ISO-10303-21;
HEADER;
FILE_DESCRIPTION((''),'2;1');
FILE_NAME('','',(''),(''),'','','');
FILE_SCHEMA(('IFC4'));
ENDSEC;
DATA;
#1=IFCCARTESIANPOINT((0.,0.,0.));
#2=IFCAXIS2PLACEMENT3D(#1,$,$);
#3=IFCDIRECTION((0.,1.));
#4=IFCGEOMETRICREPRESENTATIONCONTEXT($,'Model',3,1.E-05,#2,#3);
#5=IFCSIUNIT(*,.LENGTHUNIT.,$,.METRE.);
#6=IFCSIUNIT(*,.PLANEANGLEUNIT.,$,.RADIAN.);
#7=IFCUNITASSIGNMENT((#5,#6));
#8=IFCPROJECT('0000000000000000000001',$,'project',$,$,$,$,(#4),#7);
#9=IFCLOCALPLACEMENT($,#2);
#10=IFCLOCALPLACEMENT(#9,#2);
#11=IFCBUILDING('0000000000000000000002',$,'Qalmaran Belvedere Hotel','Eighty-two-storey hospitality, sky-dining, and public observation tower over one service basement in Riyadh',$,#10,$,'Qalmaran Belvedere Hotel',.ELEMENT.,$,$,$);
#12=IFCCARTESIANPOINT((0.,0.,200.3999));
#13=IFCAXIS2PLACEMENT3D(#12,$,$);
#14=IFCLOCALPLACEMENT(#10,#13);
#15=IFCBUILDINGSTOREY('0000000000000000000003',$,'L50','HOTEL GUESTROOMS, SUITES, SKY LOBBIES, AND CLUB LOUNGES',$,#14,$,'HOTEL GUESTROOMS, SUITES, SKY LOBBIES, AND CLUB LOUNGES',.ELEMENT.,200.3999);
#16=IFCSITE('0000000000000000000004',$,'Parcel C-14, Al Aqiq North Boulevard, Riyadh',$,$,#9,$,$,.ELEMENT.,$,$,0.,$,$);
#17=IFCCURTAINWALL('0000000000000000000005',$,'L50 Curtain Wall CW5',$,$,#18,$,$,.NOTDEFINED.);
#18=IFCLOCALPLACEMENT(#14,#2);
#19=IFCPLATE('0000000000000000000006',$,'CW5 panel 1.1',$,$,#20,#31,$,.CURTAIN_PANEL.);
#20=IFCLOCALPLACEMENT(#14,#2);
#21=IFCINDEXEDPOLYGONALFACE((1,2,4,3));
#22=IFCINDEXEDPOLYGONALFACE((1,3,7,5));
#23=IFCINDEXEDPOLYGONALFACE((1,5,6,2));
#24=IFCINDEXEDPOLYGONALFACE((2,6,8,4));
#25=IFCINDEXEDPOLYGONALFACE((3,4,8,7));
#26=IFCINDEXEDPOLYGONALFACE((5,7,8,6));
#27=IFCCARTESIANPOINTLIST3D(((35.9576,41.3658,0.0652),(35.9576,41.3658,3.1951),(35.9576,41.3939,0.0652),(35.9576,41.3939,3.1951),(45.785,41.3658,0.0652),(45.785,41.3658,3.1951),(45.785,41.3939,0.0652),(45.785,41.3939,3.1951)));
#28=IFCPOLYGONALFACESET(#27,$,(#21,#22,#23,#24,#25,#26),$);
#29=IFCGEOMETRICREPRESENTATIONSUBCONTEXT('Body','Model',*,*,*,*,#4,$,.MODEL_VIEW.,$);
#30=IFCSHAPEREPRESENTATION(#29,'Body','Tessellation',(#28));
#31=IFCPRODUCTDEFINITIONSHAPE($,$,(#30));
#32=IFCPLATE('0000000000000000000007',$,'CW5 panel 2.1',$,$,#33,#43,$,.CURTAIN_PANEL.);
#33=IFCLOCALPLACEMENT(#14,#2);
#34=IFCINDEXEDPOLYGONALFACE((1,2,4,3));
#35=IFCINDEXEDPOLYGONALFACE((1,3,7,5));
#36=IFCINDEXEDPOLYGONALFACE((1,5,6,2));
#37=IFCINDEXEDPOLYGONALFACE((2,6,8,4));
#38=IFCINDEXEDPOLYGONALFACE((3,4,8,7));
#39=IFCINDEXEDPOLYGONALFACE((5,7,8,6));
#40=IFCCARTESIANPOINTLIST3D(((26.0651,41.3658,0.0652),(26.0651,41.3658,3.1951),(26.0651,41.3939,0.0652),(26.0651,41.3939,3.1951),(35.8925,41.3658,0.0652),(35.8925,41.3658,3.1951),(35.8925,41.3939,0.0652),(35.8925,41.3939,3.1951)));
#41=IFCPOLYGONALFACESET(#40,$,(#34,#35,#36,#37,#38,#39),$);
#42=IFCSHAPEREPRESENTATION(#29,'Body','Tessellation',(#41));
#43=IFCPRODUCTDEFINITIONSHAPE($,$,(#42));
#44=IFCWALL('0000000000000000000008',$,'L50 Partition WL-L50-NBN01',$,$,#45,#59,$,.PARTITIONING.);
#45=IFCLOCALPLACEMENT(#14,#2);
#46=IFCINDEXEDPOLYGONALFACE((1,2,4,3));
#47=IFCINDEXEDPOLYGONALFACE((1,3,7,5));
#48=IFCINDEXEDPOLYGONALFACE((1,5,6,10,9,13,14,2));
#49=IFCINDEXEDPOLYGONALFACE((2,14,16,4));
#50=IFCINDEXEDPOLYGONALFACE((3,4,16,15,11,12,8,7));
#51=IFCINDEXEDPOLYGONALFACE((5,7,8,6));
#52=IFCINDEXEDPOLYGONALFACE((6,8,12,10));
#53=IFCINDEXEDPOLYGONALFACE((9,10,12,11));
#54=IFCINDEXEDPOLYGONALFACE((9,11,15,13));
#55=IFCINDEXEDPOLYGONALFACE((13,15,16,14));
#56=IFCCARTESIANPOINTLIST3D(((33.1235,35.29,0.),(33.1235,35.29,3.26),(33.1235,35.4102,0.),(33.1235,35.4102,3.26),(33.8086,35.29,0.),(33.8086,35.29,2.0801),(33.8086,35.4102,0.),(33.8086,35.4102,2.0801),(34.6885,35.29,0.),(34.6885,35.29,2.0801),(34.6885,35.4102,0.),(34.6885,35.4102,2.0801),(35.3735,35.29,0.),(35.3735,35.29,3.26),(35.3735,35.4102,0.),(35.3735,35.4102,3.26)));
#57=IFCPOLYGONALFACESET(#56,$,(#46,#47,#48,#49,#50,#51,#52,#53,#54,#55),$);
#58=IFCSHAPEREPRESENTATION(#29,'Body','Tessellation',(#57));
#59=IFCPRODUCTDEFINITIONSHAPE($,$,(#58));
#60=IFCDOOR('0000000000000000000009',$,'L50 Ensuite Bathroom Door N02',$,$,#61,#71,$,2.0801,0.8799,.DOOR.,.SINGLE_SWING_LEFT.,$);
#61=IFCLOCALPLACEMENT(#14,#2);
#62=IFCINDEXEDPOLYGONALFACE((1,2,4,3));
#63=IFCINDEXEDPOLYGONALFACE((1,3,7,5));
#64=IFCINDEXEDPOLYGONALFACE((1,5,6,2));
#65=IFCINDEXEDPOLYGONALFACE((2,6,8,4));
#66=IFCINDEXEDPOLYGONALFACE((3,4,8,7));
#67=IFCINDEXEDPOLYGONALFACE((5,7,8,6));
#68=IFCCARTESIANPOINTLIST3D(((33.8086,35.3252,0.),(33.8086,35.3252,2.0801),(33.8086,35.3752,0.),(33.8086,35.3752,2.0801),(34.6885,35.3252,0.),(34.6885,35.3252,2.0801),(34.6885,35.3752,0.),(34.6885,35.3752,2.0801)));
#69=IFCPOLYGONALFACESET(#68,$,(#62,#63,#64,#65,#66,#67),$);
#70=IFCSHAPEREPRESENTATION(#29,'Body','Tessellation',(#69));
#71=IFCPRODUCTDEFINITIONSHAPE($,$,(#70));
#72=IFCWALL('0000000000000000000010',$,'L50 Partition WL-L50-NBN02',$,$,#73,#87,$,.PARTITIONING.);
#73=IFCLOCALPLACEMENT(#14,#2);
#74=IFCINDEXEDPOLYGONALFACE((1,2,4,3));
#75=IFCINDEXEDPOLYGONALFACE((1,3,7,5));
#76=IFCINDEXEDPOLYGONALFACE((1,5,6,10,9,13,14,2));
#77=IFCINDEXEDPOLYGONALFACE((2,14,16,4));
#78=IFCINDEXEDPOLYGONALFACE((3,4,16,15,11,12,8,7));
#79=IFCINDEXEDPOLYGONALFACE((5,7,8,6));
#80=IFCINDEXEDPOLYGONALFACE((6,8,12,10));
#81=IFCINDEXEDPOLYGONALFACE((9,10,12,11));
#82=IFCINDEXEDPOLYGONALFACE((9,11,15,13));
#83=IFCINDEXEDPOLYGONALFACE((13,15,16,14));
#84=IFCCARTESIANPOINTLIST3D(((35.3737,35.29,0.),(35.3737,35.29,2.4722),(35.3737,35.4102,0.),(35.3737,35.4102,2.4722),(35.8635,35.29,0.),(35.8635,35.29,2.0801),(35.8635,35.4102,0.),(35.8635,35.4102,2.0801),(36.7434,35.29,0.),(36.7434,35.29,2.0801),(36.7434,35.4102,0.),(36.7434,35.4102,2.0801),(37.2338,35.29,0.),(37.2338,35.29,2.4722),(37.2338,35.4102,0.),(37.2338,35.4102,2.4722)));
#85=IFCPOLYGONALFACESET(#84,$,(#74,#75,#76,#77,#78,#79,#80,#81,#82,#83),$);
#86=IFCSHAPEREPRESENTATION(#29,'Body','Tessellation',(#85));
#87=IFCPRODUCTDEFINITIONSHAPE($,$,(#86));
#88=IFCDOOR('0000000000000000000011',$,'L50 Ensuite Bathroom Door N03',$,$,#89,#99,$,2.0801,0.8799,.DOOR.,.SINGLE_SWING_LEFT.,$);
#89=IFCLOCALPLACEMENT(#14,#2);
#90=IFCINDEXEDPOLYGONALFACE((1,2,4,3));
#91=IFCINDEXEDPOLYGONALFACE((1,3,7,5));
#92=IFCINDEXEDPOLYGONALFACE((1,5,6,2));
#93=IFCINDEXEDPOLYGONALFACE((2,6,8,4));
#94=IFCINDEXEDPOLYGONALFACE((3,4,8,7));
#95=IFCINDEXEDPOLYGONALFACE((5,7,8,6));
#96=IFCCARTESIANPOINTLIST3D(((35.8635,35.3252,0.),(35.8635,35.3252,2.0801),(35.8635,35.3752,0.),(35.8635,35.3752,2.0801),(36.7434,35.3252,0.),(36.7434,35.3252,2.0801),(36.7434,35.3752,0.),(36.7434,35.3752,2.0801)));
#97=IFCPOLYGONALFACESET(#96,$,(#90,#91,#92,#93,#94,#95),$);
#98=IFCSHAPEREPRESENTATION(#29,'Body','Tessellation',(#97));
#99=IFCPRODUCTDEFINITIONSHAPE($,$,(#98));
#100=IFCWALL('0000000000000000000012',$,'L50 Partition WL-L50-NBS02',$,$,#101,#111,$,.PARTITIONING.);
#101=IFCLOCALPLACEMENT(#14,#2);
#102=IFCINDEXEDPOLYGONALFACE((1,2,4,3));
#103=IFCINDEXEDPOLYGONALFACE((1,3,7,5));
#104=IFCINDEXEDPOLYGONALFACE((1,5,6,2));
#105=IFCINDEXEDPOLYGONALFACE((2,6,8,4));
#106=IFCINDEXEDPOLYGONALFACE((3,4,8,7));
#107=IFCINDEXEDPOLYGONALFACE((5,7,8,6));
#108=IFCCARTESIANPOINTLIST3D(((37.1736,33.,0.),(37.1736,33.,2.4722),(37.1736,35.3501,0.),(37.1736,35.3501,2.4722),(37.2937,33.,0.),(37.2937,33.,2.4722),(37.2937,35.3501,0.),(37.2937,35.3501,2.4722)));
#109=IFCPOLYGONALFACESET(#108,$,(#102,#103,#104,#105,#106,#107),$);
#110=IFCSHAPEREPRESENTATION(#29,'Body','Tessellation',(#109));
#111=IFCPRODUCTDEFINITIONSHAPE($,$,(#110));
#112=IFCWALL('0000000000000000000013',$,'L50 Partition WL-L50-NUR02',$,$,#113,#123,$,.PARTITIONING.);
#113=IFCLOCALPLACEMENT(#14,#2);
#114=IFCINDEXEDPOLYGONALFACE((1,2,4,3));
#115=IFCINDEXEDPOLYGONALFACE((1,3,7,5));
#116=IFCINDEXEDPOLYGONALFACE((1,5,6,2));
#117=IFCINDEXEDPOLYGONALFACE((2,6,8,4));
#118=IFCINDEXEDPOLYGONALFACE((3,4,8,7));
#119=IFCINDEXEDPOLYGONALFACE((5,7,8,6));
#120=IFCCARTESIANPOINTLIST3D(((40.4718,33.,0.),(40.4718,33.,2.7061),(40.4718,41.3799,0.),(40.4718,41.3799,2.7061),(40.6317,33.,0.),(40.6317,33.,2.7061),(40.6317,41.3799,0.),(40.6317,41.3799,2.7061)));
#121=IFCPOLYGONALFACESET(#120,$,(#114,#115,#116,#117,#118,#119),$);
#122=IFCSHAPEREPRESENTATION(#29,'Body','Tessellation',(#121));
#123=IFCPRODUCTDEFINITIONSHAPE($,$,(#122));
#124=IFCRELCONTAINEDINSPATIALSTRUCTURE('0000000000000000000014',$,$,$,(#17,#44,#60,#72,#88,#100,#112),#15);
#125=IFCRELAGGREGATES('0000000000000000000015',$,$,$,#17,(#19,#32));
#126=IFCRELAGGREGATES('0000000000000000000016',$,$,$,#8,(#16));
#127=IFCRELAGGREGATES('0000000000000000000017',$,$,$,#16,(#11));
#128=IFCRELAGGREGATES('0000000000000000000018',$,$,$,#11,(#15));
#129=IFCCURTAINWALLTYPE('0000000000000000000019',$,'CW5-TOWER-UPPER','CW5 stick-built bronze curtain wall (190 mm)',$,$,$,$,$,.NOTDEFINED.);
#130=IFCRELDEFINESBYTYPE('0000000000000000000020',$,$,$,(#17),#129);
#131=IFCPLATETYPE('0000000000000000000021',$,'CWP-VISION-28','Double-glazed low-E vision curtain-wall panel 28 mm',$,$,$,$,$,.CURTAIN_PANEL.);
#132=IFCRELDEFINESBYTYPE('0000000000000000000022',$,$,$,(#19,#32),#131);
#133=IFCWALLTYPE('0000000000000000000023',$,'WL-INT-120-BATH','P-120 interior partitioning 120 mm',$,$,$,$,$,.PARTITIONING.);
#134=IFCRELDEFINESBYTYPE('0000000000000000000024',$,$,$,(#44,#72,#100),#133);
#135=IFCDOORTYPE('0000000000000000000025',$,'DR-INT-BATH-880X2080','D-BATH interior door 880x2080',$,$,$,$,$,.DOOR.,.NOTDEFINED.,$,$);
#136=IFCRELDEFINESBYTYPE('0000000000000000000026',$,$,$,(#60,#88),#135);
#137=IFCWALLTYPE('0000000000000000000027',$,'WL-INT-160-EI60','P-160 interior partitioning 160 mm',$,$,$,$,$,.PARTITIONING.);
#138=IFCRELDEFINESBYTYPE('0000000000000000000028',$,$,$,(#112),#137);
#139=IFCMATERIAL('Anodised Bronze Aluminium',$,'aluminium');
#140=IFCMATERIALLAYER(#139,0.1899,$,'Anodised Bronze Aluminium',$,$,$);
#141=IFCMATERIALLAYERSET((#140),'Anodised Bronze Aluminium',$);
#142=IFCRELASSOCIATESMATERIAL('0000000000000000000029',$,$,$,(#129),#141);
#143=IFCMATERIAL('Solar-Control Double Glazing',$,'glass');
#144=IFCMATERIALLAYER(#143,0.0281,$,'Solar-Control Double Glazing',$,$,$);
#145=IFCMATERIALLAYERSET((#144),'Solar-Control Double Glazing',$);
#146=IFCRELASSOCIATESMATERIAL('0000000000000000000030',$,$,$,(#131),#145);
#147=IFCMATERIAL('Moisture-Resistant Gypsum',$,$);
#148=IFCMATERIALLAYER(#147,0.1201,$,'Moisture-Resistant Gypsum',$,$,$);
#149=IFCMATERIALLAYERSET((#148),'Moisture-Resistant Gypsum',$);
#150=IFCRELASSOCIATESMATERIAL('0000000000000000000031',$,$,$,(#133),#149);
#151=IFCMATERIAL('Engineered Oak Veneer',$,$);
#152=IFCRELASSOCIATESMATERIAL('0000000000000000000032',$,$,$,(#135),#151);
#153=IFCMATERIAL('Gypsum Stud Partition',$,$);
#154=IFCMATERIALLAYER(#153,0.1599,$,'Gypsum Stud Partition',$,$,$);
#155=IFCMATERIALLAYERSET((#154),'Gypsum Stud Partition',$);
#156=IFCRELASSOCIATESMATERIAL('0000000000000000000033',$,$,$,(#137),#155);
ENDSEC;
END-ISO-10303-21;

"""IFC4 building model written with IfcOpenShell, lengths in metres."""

from ifc_helpers import new_model, si_unit, direction, frame, frame_2d, origin, origin_2d, place, context, subcontext, project, spatial, rectangle, extrude, material, layer, layer_set, type_object, element, fill, aggregate, save


model = new_model("IFC4")

# Units and contexts
model_context = context("Model", 3, precision=1e-05, world=origin(), true_north=direction((0.0, 1.0)))
body_context = subcontext(model_context, "Body", "Model", "MODEL_VIEW")
ifc_project = project(units=[si_unit("LENGTHUNIT", "METRE"), si_unit("PLANEANGLEUNIT", "RADIAN")], contexts=[model_context])

# Site, building, storey
site_placement = place(None, origin())
site = spatial("IfcSite", under=ifc_project, at=site_placement, Name="Parcel C-14, Al Aqiq North Boulevard, Riyadh", CompositionType="ELEMENT", RefElevation=0.0)
building_placement = place(site_placement, origin())
building = spatial("IfcBuilding", under=site, at=building_placement, Name="Qalmaran Belvedere Hotel", Description="Eighty-two-storey hospitality, sky-dining, and public observation tower over one service basement in Riyadh", LongName="Qalmaran Belvedere Hotel", CompositionType="ELEMENT")
storey_placement = place(building_placement, frame((0.0, 0.0, 200.3999)))
storey = spatial("IfcBuildingStorey", under=building, at=storey_placement, Name="L50", Description="HOTEL GUESTROOMS, SUITES, SKY LOBBIES, AND CLUB LOUNGES", LongName="HOTEL GUESTROOMS, SUITES, SKY LOBBIES, AND CLUB LOUNGES", CompositionType="ELEMENT", Elevation=200.3999)

# Curtain wall, plates
ifc_material_1 = material(Name="Anodised Bronze Aluminium", Category="aluminium")
ifc_layer_1 = layer(ifc_material_1, 0.1899, Name="Anodised Bronze Aluminium")
ifc_layer_set_1 = layer_set([ifc_layer_1], Name="Anodised Bronze Aluminium")
curtain_wall_type = type_object("IfcCurtainWallType", Name="CW5-TOWER-UPPER", Description="CW5 stick-built bronze curtain wall (190 mm)", PredefinedType="NOTDEFINED", material=ifc_layer_set_1)
curtain_wall_placement = place(storey_placement, origin())
curtain_wall = element("IfcCurtainWall", 1, at=curtain_wall_placement, inside=storey, type_object=curtain_wall_type, Name="L50 Curtain Wall CW5", PredefinedType="NOTDEFINED")
ifc_material_2 = material(Name="Solar-Control Double Glazing", Category="glass")
ifc_layer_2 = layer(ifc_material_2, 0.0281, Name="Solar-Control Double Glazing")
ifc_layer_set_2 = layer_set([ifc_layer_2], Name="Solar-Control Double Glazing")
plate_type = type_object("IfcPlateType", Name="CWP-VISION-28", Description="Double-glazed low-E vision curtain-wall panel 28 mm", PredefinedType="CURTAIN_PANEL", material=ifc_layer_set_2)
plate_1_placement = place(storey_placement, frame((40.8713, 41.3799, 0.0652), z_axis=(0.0, 0.0, 1.0), x_axis=(-1.0, 0.0, 0.0)))
plate_1 = element("IfcPlate", 2, at=plate_1_placement, type_object=plate_type, Name="CW5 panel 1.1", PredefinedType="CURTAIN_PANEL", context=body_context, shape_type="SweptSolid", body=[
    extrude(rectangle(XDim=9.8274, YDim=0.0281, at=origin_2d()), origin(), (0.0, 0.0, 1.0), 3.1299),
])
plate_2_placement = place(storey_placement, frame((30.9788, 41.3799, 0.0652), z_axis=(0.0, 0.0, 1.0), x_axis=(-1.0, 0.0, 0.0)))
plate_2 = element("IfcPlate", 3, at=plate_2_placement, type_object=plate_type, Name="CW5 panel 2.1", PredefinedType="CURTAIN_PANEL", context=body_context, shape_type="SweptSolid", body=[
    extrude(rectangle(XDim=9.8274, YDim=0.0281, at=origin_2d()), origin(), (0.0, 0.0, 1.0), 3.1299),
])
aggregate(curtain_wall, [plate_1, plate_2])

# Walls, openings, doors
ifc_material_3 = material(Name="Moisture-Resistant Gypsum")
ifc_layer_3 = layer(ifc_material_3, 0.1201, Name="Moisture-Resistant Gypsum")
ifc_layer_set_3 = layer_set([ifc_layer_3], Name="Moisture-Resistant Gypsum")
wall_type_1 = type_object("IfcWallType", Name="WL-INT-120-BATH", Description="P-120 interior partitioning 120 mm", PredefinedType="PARTITIONING", material=ifc_layer_set_3)
wall_1_placement = place(storey_placement, frame((33.1235, 35.3501, 0.0), z_axis=(0.0, 0.0, 1.0), x_axis=(1.0, 0.0, 0.0)))
wall_1 = element("IfcWall", 4, at=wall_1_placement, inside=storey, type_object=wall_type_1, Name="L50 Partition WL-L50-NBN01", PredefinedType="PARTITIONING", context=body_context, shape_type="SweptSolid", body=[
    extrude(rectangle(XDim=2.25, YDim=0.1201, at=frame_2d((1.125, 0.0))), origin(), (0.0, 0.0, 1.0), 3.26),
])
opening_1_placement = place(wall_1_placement, frame((1.5649, 0.0, 0.0), z_axis=(0.0, 0.0, 1.0), x_axis=(-1.0, 0.0, 0.0)))
opening_1 = element("IfcOpeningElement", 5, at=opening_1_placement, cuts=wall_1, PredefinedType="OPENING", context=body_context, shape_type="SweptSolid", body=[
    extrude(rectangle(XDim=0.8799, YDim=2.0801, at=frame_2d((0.4399, 1.04))), frame((0.0, 0.0701, 0.0), z_axis=(0.0, -1.0, 0.0), x_axis=(1.0, 0.0, 0.0)), (0.0, 0.0, 1.0), 0.1401),
])
ifc_material_4 = material(Name="Engineered Oak Veneer")
door_type_1 = type_object("IfcDoorType", Name="DR-INT-BATH-880X2080", Description="D-BATH interior door 880x2080", OperationType="NOTDEFINED", PredefinedType="DOOR", material=ifc_material_4)
door_1_placement = place(opening_1_placement, origin())
door_1 = element("IfcDoor", 6, at=door_1_placement, inside=storey, type_object=door_type_1, Name="L50 Ensuite Bathroom Door N02", OperationType="SINGLE_SWING_LEFT", OverallHeight=2.0801, OverallWidth=0.8799, PredefinedType="DOOR", context=body_context, shape_type="SweptSolid", body=[
    extrude(rectangle(XDim=0.8799, YDim=2.0801, at=frame_2d((0.4399, 1.04))), frame((0.0, 0.0249, 0.0), z_axis=(0.0, -1.0, 0.0), x_axis=(1.0, 0.0, 0.0)), (0.0, 0.0, 1.0), 0.05),
])
fill(opening_1, door_1)
wall_2_placement = place(storey_placement, frame((35.3735, 35.3501, 0.0), z_axis=(0.0, 0.0, 1.0), x_axis=(1.0, 0.0, 0.0)))
wall_2 = element("IfcWall", 7, at=wall_2_placement, inside=storey, type_object=wall_type_1, Name="L50 Partition WL-L50-NBN02", PredefinedType="PARTITIONING", context=body_context, shape_type="SweptSolid", body=[
    extrude(rectangle(XDim=1.8601, YDim=0.1201, at=frame_2d((0.9302, 0.0))), origin(), (0.0, 0.0, 1.0), 2.4722),
])
opening_2_placement = place(wall_2_placement, frame((1.3699, 0.0, 0.0), z_axis=(0.0, 0.0, 1.0), x_axis=(-1.0, 0.0, 0.0)))
opening_2 = element("IfcOpeningElement", 8, at=opening_2_placement, cuts=wall_2, PredefinedType="OPENING", context=body_context, shape_type="SweptSolid", body=[
    extrude(rectangle(XDim=0.8799, YDim=2.0801, at=frame_2d((0.4399, 1.04))), frame((0.0, 0.0701, 0.0), z_axis=(0.0, -1.0, 0.0), x_axis=(1.0, 0.0, 0.0)), (0.0, 0.0, 1.0), 0.1401),
])
door_2_placement = place(opening_2_placement, origin())
door_2 = element("IfcDoor", 9, at=door_2_placement, inside=storey, type_object=door_type_1, Name="L50 Ensuite Bathroom Door N03", OperationType="SINGLE_SWING_LEFT", OverallHeight=2.0801, OverallWidth=0.8799, PredefinedType="DOOR", context=body_context, shape_type="SweptSolid", body=[
    extrude(rectangle(XDim=0.8799, YDim=2.0801, at=frame_2d((0.4399, 1.04))), frame((0.0, 0.0249, 0.0), z_axis=(0.0, -1.0, 0.0), x_axis=(1.0, 0.0, 0.0)), (0.0, 0.0, 1.0), 0.05),
])
fill(opening_2, door_2)

# Walls
wall_3_placement = place(storey_placement, frame((37.2336, 33.0, 0.0), z_axis=(0.0, 0.0, 1.0), x_axis=(0.0, 1.0, 0.0)))
element("IfcWall", 10, at=wall_3_placement, inside=storey, type_object=wall_type_1, Name="L50 Partition WL-L50-NBS02", PredefinedType="PARTITIONING", context=body_context, shape_type="SweptSolid", body=[
    extrude(rectangle(XDim=2.3501, YDim=0.1201, at=frame_2d((1.175, 0.0))), origin(), (0.0, 0.0, 1.0), 2.4722),
])
ifc_material_5 = material(Name="Gypsum Stud Partition")
ifc_layer_4 = layer(ifc_material_5, 0.1599, Name="Gypsum Stud Partition")
ifc_layer_set_4 = layer_set([ifc_layer_4], Name="Gypsum Stud Partition")
wall_type_2 = type_object("IfcWallType", Name="WL-INT-160-EI60", Description="P-160 interior partitioning 160 mm", PredefinedType="PARTITIONING", material=ifc_layer_set_4)
wall_4_placement = place(storey_placement, frame((40.5518, 33.0, 0.0), z_axis=(0.0, 0.0, 1.0), x_axis=(0.0, 1.0, 0.0)))
element("IfcWall", 11, at=wall_4_placement, inside=storey, type_object=wall_type_2, Name="L50 Partition WL-L50-NUR02", PredefinedType="PARTITIONING", context=body_context, shape_type="SweptSolid", body=[
    extrude(rectangle(XDim=8.3799, YDim=0.1599, at=frame_2d((4.1899, 0.0))), origin(), (0.0, 0.0, 1.0), 2.7061),
])

save(model, "model.ifc")
